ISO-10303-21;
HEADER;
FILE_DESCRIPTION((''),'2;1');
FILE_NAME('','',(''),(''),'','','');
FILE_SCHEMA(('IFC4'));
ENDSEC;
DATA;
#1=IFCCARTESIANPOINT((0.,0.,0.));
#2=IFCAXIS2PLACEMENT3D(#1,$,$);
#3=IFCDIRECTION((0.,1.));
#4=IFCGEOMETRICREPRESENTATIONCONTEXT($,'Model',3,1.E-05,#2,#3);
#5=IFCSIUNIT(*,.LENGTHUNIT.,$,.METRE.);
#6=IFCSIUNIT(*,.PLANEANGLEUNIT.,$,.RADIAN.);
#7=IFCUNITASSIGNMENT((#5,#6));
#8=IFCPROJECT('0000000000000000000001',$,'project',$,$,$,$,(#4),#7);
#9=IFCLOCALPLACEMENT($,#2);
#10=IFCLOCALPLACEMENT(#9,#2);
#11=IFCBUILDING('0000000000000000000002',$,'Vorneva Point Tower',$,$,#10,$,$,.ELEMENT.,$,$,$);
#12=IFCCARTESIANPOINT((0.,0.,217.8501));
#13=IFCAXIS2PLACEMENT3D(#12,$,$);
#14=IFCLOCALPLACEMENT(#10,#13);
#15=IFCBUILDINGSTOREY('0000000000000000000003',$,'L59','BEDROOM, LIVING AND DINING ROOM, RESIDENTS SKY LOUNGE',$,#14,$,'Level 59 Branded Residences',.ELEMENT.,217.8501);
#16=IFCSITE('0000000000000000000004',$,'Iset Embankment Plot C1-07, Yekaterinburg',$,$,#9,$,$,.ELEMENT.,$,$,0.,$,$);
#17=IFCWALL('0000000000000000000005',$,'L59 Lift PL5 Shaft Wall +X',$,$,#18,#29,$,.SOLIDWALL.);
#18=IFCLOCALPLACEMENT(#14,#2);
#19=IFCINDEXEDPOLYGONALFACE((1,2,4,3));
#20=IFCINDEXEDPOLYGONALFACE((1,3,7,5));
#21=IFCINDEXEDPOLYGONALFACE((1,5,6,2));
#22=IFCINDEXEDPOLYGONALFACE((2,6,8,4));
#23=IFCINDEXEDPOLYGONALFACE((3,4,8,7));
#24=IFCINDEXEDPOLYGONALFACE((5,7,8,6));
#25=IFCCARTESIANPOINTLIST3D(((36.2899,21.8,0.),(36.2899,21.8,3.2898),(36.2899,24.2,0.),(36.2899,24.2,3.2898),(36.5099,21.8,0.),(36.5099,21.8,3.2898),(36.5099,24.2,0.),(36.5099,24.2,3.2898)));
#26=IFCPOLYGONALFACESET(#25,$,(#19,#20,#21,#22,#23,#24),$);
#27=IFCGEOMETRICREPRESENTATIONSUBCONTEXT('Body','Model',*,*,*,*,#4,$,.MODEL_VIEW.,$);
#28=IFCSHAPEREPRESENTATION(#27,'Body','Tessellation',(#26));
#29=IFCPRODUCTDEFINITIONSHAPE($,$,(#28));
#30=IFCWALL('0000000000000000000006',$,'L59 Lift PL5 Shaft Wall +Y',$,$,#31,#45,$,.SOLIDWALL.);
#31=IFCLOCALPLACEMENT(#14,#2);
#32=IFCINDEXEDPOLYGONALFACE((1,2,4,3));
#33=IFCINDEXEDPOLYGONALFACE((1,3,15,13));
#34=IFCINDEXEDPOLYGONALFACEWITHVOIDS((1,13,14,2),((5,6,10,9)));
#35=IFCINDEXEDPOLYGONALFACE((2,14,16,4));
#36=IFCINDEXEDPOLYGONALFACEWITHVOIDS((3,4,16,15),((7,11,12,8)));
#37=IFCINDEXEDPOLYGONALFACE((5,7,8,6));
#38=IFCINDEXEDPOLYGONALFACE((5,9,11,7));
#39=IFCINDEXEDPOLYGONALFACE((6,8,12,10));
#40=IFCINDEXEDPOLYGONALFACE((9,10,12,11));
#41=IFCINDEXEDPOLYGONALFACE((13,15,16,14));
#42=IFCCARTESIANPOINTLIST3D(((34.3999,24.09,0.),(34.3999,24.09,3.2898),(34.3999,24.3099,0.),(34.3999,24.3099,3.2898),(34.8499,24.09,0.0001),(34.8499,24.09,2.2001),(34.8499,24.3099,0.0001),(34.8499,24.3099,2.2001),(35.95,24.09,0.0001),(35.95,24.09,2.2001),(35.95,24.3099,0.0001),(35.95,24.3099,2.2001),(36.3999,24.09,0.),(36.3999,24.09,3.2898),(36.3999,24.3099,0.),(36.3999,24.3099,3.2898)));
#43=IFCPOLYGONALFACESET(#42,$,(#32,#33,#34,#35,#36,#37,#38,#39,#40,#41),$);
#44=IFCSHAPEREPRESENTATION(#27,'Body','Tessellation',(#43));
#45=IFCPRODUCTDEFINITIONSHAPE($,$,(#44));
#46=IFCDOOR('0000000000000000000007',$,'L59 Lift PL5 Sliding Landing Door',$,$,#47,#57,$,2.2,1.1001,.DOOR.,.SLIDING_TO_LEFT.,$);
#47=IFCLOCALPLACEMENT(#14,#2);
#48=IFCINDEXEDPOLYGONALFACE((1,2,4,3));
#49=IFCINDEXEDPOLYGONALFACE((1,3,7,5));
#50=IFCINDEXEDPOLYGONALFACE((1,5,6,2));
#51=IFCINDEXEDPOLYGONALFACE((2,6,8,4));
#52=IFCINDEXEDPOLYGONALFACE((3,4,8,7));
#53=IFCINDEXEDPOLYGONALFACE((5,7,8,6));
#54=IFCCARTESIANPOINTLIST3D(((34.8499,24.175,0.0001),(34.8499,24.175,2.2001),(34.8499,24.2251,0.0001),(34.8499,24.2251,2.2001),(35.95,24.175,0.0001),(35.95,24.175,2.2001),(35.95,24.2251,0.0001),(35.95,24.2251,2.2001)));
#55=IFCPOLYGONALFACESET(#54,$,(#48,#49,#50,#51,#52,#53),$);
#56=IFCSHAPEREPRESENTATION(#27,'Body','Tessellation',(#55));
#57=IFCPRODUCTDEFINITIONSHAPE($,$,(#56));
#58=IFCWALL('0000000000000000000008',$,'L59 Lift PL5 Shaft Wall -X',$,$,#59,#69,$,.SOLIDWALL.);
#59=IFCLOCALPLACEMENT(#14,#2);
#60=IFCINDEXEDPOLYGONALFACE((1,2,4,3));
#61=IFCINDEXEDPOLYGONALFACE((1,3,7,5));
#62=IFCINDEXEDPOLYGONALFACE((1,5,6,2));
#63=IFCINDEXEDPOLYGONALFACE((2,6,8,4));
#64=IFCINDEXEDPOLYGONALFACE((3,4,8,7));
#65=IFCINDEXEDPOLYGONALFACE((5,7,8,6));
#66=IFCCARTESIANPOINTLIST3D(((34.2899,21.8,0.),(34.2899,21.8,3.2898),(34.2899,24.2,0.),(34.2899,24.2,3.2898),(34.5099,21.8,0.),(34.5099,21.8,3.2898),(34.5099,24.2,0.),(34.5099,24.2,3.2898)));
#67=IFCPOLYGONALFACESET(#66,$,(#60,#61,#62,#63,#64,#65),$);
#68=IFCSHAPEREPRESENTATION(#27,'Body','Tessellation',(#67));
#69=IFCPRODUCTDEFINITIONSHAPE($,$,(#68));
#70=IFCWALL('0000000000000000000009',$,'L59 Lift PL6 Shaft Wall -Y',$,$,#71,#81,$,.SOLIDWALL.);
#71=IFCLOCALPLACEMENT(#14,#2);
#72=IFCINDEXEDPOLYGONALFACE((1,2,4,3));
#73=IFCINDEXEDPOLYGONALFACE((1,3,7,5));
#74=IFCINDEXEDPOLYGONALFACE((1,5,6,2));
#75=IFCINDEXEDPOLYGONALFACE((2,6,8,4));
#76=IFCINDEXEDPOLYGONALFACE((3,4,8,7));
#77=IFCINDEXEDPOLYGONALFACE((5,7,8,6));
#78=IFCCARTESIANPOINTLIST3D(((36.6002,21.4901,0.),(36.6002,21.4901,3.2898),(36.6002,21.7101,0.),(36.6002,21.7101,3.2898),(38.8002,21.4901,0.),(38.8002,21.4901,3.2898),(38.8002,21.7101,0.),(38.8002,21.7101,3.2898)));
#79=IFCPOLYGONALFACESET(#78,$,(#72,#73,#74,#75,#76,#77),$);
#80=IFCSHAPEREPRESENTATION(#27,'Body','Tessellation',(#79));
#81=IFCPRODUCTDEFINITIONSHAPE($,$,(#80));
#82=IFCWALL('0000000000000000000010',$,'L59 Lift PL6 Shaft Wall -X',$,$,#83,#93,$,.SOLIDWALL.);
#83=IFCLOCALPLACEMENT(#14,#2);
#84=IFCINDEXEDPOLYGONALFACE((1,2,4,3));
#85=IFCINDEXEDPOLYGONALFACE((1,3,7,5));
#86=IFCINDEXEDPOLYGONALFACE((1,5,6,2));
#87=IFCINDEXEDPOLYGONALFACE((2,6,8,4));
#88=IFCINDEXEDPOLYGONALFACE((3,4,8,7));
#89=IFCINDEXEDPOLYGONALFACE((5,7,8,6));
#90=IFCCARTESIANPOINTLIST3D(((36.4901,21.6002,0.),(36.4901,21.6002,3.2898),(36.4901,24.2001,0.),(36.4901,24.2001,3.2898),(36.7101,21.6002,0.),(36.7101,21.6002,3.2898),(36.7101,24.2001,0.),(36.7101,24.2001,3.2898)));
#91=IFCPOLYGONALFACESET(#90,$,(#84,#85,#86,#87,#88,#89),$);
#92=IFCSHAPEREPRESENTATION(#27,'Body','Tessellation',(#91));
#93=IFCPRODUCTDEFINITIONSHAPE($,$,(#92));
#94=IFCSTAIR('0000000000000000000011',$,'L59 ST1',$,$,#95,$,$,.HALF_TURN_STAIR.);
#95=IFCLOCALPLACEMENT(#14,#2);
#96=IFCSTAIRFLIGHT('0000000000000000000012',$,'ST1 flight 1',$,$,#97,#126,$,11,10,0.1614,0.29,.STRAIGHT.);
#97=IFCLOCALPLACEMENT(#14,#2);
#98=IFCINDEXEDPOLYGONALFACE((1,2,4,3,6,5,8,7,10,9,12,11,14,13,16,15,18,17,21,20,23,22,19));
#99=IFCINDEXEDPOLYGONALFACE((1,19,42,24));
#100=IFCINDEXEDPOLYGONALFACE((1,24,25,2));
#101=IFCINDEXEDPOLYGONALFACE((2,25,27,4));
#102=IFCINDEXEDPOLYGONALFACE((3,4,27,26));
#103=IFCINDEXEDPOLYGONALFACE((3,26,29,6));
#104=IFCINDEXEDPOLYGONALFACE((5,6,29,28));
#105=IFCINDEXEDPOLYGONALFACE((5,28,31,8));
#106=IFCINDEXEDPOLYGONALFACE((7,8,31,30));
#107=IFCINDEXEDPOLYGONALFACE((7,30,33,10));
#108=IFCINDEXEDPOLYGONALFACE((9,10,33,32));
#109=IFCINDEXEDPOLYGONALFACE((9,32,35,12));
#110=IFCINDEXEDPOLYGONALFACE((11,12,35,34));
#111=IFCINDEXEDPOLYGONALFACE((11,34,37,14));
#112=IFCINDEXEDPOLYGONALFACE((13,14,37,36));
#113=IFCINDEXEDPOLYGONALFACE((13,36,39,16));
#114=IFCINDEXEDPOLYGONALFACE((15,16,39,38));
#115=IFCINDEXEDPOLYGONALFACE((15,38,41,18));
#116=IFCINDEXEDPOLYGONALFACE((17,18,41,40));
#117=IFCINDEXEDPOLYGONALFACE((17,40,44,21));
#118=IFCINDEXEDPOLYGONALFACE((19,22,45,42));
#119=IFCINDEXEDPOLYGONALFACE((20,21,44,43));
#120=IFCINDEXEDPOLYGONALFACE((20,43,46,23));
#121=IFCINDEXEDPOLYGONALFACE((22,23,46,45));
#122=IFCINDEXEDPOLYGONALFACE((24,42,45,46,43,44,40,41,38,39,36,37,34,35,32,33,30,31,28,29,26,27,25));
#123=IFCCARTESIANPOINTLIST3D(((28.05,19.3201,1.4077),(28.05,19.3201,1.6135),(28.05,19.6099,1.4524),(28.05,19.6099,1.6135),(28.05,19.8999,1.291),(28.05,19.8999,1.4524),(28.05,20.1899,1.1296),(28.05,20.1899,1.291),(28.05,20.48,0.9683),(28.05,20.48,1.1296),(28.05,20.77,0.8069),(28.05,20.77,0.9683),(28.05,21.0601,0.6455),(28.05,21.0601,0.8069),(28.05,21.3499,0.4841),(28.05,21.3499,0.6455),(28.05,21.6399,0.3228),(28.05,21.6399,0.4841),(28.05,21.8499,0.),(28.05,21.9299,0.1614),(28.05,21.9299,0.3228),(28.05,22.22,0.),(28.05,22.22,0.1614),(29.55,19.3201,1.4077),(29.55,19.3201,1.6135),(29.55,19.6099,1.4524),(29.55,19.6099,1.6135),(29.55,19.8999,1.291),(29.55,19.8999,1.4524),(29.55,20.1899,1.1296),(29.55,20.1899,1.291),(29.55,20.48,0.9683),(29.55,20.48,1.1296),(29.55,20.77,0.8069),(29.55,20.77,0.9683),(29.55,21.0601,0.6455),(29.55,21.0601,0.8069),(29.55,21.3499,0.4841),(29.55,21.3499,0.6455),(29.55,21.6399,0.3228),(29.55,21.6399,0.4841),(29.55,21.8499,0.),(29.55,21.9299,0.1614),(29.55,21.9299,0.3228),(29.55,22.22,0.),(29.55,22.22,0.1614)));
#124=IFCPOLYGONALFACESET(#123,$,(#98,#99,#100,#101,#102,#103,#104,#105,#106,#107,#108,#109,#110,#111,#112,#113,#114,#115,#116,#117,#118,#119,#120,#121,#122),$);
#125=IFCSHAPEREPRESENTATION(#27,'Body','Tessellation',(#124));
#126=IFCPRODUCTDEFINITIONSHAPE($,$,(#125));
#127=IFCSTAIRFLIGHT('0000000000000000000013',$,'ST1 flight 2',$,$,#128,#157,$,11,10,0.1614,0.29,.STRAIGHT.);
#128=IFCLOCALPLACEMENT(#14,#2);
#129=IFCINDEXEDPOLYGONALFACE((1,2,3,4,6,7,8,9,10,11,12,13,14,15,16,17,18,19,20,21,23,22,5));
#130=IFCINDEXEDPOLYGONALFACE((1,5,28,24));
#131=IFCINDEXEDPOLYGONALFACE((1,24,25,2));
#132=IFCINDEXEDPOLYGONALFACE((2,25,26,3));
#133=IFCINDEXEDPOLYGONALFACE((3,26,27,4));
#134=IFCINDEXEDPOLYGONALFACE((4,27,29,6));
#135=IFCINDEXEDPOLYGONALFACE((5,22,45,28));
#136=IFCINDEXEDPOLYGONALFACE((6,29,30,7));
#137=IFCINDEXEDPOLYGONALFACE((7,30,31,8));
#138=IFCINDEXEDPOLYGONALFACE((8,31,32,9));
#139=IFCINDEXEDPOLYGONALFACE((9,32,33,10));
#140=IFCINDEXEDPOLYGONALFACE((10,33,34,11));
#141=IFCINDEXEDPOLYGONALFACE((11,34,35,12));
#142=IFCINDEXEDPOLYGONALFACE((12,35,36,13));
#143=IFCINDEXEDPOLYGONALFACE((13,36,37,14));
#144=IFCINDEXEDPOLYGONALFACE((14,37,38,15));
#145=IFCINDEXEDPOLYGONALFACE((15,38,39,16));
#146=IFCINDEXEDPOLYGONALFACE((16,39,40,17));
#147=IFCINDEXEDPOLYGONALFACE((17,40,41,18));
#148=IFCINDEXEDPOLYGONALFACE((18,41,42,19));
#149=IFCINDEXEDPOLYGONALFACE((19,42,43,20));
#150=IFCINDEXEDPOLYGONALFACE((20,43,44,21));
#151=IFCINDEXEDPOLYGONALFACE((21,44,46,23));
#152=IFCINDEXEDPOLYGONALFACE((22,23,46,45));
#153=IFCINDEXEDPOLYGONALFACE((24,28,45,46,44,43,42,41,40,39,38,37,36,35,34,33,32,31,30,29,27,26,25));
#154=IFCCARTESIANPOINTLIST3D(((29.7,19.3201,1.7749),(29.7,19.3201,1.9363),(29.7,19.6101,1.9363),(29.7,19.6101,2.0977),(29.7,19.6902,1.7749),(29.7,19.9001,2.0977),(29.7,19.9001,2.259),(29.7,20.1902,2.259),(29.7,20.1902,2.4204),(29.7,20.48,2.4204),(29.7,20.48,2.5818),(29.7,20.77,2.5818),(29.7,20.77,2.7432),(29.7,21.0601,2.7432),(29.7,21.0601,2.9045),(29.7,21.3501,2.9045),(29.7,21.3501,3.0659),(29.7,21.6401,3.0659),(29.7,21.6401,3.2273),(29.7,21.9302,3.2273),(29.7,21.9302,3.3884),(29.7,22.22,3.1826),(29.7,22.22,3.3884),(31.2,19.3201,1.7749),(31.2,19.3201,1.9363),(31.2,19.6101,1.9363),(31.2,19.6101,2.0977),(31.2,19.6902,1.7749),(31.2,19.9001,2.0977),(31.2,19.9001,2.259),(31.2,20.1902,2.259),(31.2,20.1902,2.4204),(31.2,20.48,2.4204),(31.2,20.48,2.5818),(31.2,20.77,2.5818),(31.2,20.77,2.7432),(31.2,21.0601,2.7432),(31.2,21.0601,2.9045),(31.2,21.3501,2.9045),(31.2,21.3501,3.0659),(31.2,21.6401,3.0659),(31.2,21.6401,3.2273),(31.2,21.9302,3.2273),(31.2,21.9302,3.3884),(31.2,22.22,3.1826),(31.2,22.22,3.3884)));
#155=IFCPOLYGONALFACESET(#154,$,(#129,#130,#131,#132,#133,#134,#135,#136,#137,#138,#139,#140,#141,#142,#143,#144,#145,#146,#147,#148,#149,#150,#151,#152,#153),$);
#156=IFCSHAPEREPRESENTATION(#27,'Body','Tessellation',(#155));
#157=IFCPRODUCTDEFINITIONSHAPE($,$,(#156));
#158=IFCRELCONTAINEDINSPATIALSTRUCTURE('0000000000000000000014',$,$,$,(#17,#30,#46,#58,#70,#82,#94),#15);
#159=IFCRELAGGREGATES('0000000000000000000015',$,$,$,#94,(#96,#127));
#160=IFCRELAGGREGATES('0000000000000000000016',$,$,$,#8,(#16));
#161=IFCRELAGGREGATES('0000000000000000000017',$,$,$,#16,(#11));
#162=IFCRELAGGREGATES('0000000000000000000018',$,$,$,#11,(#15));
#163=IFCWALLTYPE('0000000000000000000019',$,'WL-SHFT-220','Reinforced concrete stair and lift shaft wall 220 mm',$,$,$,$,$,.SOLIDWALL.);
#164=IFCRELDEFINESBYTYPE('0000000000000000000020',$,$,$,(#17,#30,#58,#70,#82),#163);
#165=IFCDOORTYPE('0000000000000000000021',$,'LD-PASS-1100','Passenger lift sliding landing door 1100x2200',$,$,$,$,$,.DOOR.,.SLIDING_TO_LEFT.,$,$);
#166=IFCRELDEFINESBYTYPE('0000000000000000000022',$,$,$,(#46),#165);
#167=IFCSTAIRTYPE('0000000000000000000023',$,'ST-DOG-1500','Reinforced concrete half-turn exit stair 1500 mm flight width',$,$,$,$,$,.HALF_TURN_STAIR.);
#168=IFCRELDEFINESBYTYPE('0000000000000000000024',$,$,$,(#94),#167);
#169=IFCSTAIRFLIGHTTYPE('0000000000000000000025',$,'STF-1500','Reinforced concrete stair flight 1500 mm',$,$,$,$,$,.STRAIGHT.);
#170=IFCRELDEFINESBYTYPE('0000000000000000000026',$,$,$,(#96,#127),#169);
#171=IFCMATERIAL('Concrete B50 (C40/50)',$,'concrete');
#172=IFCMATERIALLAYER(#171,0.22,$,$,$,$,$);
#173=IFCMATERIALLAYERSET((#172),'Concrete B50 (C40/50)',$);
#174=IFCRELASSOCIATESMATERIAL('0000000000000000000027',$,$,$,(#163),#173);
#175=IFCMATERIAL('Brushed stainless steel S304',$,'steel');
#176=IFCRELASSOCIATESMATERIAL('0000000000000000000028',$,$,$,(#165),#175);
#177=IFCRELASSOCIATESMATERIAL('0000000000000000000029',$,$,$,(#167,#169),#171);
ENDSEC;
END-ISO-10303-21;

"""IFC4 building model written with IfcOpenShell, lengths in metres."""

from ifc_helpers import new_model, si_unit, direction, frame, frame_2d, origin, place, context, subcontext, project, spatial, polyline, rectangle, outline, extrude, material, layer, layer_set, type_object, element, fill, aggregate, save


model = new_model("IFC4")

# Units and contexts
model_context = context("Model", 3, precision=1e-05, world=origin(), true_north=direction((0.0, 1.0)))
body_context = subcontext(model_context, "Body", "Model", "MODEL_VIEW")
ifc_project = project(units=[si_unit("LENGTHUNIT", "METRE"), si_unit("PLANEANGLEUNIT", "RADIAN")], contexts=[model_context])

# Site, building, storey
site_placement = place(None, origin())
site = spatial("IfcSite", under=ifc_project, at=site_placement, Name="Iset Embankment Plot C1-07, Yekaterinburg", CompositionType="ELEMENT", RefElevation=0.0)
building_placement = place(site_placement, origin())
building = spatial("IfcBuilding", under=site, at=building_placement, Name="Vorneva Point Tower", CompositionType="ELEMENT")
storey_placement = place(building_placement, frame((0.0, 0.0, 217.8501)))
storey = spatial("IfcBuildingStorey", under=building, at=storey_placement, Name="L59", Description="BEDROOM, LIVING AND DINING ROOM, RESIDENTS SKY LOUNGE", LongName="Level 59 Branded Residences", CompositionType="ELEMENT", Elevation=217.8501)

# Shared definitions
ifc_material_1 = material(Name="Concrete B50 (C40/50)", Category="concrete")

# Shared definitions
ifc_layer_1 = layer(ifc_material_1, 0.22)
ifc_layer_set_1 = layer_set([ifc_layer_1], Name="Concrete B50 (C40/50)")
wall_type_1 = type_object("IfcWallType", Name="WL-SHFT-220", Description="Reinforced concrete stair and lift shaft wall 220 mm", PredefinedType="SOLIDWALL", material=ifc_layer_set_1)

# Shared definitions
ifc_material_2 = material(Name="Brushed stainless steel S304", Category="steel")
door_type_1 = type_object("IfcDoorType", Name="LD-PASS-1100", Description="Passenger lift sliding landing door 1100x2200", OperationType="SLIDING_TO_LEFT", PredefinedType="DOOR", material=ifc_material_2)

# Wall
wall_1_placement = place(storey_placement, frame((36.3999, 21.8, 0.0), z_axis=(0.0, 0.0, 1.0), x_axis=(0.0, 1.0, 0.0)))
element("IfcWall", 1, at=wall_1_placement, inside=storey, type_object=wall_type_1, Name="L59 Lift PL5 Shaft Wall +X", PredefinedType="SOLIDWALL", context=body_context, shape_type="SweptSolid", body=[
    extrude(rectangle(XDim=2.3999, YDim=0.22, at=frame_2d((1.2, 0.0))), origin(), (0.0, 0.0, 1.0), 3.2898),
])

# Wall, opening, door
wall_2_placement = place(storey_placement, frame((36.3999, 24.2, 0.0), z_axis=(0.0, 0.0, 1.0), x_axis=(-1.0, 0.0, 0.0)))
wall_2 = element("IfcWall", 2, at=wall_2_placement, inside=storey, type_object=wall_type_1, Name="L59 Lift PL5 Shaft Wall +Y", PredefinedType="SOLIDWALL", context=body_context, shape_type="SweptSolid", body=[
    extrude(rectangle(XDim=2.0, YDim=0.22, at=frame_2d((1.0, 0.0))), origin(), (0.0, 0.0, 1.0), 3.2898),
])
opening_1_placement = place(wall_2_placement, frame((0.45, 0.0, 0.0)))
opening_1 = element("IfcOpeningElement", 3, at=opening_1_placement, cuts=wall_2, PredefinedType="OPENING", context=body_context, shape_type="SweptSolid", body=[
    extrude(rectangle(XDim=1.1001, YDim=2.2, at=frame_2d((0.55, 1.1001))), frame((0.0, 0.125, 0.0), z_axis=(0.0, -1.0, 0.0), x_axis=(1.0, 0.0, 0.0)), (0.0, 0.0, 1.0), 0.2498),
])
door_1_placement = place(opening_1_placement, origin())
door_1 = element("IfcDoor", 4, at=door_1_placement, inside=storey, type_object=door_type_1, Name="L59 Lift PL5 Sliding Landing Door", OperationType="SLIDING_TO_LEFT", OverallHeight=2.2, OverallWidth=1.1001, PredefinedType="DOOR", context=body_context, shape_type="SweptSolid", body=[
    extrude(rectangle(XDim=1.1001, YDim=2.2, at=frame_2d((0.55, 1.1001))), frame((0.0, 0.0249, 0.0), z_axis=(0.0, -1.0, 0.0), x_axis=(1.0, 0.0, 0.0)), (0.0, 0.0, 1.0), 0.05),
])
fill(opening_1, door_1)

# Walls
wall_3_placement = place(storey_placement, frame((34.3999, 24.2, 0.0), z_axis=(0.0, 0.0, 1.0), x_axis=(0.0, -1.0, 0.0)))
element("IfcWall", 5, at=wall_3_placement, inside=storey, type_object=wall_type_1, Name="L59 Lift PL5 Shaft Wall -X", PredefinedType="SOLIDWALL", context=body_context, shape_type="SweptSolid", body=[
    extrude(rectangle(XDim=2.3999, YDim=0.22, at=frame_2d((1.2, 0.0))), origin(), (0.0, 0.0, 1.0), 3.2898),
])
wall_4_placement = place(storey_placement, frame((36.6001, 21.6001, 0.0), z_axis=(0.0, 0.0, 1.0), x_axis=(1.0, 0.0, 0.0)))
element("IfcWall", 6, at=wall_4_placement, inside=storey, type_object=wall_type_1, Name="L59 Lift PL6 Shaft Wall -Y", PredefinedType="SOLIDWALL", context=body_context, shape_type="SweptSolid", body=[
    extrude(rectangle(XDim=2.2, YDim=0.22, at=frame_2d((1.1001, 0.0))), origin(), (0.0, 0.0, 1.0), 3.2898),
])
wall_5_placement = place(storey_placement, frame((36.6001, 24.2, 0.0), z_axis=(0.0, 0.0, 1.0), x_axis=(0.0, -1.0, 0.0)))
element("IfcWall", 7, at=wall_5_placement, inside=storey, type_object=wall_type_1, Name="L59 Lift PL6 Shaft Wall -X", PredefinedType="SOLIDWALL", context=body_context, shape_type="SweptSolid", body=[
    extrude(rectangle(XDim=2.5999, YDim=0.22, at=frame_2d((1.2998, 0.0))), origin(), (0.0, 0.0, 1.0), 3.2898),
])

# Stair, stair flights
stair_type = type_object("IfcStairType", Name="ST-DOG-1500", Description="Reinforced concrete half-turn exit stair 1500 mm flight width", PredefinedType="HALF_TURN_STAIR", material=ifc_material_1)
stair_placement = place(storey_placement, origin())
stair = element("IfcStair", 8, at=stair_placement, inside=storey, type_object=stair_type, Name="L59 ST1", PredefinedType="HALF_TURN_STAIR")
stair_flight_type = type_object("IfcStairFlightType", Name="STF-1500", Description="Reinforced concrete stair flight 1500 mm", PredefinedType="STRAIGHT", material=ifc_material_1)
stair_flight_1_placement = place(storey_placement, frame((28.8, 22.22, 0.0), z_axis=(0.0, 0.0, 1.0), x_axis=(0.0, -1.0, 0.0)))
stair_flight_1 = element("IfcStairFlight", 9, at=stair_flight_1_placement, type_object=stair_flight_type, Name="ST1 flight 1", NumberOfRisers=11, NumberOfTreads=10, PredefinedType="STRAIGHT", RiserHeight=0.1614, TreadLength=0.29, context=body_context, shape_type="SweptSolid", body=[
    extrude(outline(polyline([(0.0, 0.0), (0.0, 0.1614), (0.29, 0.1614), (0.29, 0.3228), (0.5801, 0.3228), (0.5801, 0.4841), (0.8701, 0.4841), (0.8701, 0.6455), (1.1599, 0.6455), (1.1599, 0.8069), (1.45, 0.8069), (1.45, 0.9683), (1.74, 0.9683), (1.74, 1.1296), (2.03, 1.1296), (2.03, 1.291), (2.3201, 1.291), (2.3201, 1.4524), (2.6101, 1.4524), (2.6101, 1.6135), (2.8999, 1.6135), (2.8999, 1.7749), (2.8999, 1.4077), (0.3701, 0.0), (0.0, 0.0)])), frame((0.0, 0.75, 0.0), z_axis=(0.0, -1.0, 0.0), x_axis=(1.0, 0.0, 0.0)), (0.0, 0.0, 1.0), 1.5),
])
stair_flight_2_placement = place(storey_placement, frame((30.45, 19.3201, 1.7749), z_axis=(0.0, 0.0, 1.0), x_axis=(0.0, 1.0, 0.0)))
stair_flight_2 = element("IfcStairFlight", 10, at=stair_flight_2_placement, type_object=stair_flight_type, Name="ST1 flight 2", NumberOfRisers=11, NumberOfTreads=10, PredefinedType="STRAIGHT", RiserHeight=0.1614, TreadLength=0.29, context=body_context, shape_type="SweptSolid", body=[
    extrude(outline(polyline([(0.0, 0.0), (0.0, 0.1614), (0.29, 0.1614), (0.29, 0.3228), (0.5801, 0.3228), (0.5801, 0.4841), (0.8701, 0.4841), (0.8701, 0.6455), (1.1599, 0.6455), (1.1599, 0.8069), (1.45, 0.8069), (1.45, 0.9683), (1.74, 0.9683), (1.74, 1.1296), (2.03, 1.1296), (2.03, 1.291), (2.3201, 1.291), (2.3201, 1.4524), (2.6101, 1.4524), (2.6101, 1.6135), (2.8999, 1.6135), (2.8999, 1.7749), (2.8999, 1.4077), (0.3701, 0.0), (0.0, 0.0)])), frame((0.0, 0.75, 0.0), z_axis=(0.0, -1.0, 0.0), x_axis=(1.0, 0.0, 0.0)), (0.0, 0.0, 1.0), 1.5),
])
aggregate(stair, [stair_flight_1, stair_flight_2])

save(model, "model.ifc")
